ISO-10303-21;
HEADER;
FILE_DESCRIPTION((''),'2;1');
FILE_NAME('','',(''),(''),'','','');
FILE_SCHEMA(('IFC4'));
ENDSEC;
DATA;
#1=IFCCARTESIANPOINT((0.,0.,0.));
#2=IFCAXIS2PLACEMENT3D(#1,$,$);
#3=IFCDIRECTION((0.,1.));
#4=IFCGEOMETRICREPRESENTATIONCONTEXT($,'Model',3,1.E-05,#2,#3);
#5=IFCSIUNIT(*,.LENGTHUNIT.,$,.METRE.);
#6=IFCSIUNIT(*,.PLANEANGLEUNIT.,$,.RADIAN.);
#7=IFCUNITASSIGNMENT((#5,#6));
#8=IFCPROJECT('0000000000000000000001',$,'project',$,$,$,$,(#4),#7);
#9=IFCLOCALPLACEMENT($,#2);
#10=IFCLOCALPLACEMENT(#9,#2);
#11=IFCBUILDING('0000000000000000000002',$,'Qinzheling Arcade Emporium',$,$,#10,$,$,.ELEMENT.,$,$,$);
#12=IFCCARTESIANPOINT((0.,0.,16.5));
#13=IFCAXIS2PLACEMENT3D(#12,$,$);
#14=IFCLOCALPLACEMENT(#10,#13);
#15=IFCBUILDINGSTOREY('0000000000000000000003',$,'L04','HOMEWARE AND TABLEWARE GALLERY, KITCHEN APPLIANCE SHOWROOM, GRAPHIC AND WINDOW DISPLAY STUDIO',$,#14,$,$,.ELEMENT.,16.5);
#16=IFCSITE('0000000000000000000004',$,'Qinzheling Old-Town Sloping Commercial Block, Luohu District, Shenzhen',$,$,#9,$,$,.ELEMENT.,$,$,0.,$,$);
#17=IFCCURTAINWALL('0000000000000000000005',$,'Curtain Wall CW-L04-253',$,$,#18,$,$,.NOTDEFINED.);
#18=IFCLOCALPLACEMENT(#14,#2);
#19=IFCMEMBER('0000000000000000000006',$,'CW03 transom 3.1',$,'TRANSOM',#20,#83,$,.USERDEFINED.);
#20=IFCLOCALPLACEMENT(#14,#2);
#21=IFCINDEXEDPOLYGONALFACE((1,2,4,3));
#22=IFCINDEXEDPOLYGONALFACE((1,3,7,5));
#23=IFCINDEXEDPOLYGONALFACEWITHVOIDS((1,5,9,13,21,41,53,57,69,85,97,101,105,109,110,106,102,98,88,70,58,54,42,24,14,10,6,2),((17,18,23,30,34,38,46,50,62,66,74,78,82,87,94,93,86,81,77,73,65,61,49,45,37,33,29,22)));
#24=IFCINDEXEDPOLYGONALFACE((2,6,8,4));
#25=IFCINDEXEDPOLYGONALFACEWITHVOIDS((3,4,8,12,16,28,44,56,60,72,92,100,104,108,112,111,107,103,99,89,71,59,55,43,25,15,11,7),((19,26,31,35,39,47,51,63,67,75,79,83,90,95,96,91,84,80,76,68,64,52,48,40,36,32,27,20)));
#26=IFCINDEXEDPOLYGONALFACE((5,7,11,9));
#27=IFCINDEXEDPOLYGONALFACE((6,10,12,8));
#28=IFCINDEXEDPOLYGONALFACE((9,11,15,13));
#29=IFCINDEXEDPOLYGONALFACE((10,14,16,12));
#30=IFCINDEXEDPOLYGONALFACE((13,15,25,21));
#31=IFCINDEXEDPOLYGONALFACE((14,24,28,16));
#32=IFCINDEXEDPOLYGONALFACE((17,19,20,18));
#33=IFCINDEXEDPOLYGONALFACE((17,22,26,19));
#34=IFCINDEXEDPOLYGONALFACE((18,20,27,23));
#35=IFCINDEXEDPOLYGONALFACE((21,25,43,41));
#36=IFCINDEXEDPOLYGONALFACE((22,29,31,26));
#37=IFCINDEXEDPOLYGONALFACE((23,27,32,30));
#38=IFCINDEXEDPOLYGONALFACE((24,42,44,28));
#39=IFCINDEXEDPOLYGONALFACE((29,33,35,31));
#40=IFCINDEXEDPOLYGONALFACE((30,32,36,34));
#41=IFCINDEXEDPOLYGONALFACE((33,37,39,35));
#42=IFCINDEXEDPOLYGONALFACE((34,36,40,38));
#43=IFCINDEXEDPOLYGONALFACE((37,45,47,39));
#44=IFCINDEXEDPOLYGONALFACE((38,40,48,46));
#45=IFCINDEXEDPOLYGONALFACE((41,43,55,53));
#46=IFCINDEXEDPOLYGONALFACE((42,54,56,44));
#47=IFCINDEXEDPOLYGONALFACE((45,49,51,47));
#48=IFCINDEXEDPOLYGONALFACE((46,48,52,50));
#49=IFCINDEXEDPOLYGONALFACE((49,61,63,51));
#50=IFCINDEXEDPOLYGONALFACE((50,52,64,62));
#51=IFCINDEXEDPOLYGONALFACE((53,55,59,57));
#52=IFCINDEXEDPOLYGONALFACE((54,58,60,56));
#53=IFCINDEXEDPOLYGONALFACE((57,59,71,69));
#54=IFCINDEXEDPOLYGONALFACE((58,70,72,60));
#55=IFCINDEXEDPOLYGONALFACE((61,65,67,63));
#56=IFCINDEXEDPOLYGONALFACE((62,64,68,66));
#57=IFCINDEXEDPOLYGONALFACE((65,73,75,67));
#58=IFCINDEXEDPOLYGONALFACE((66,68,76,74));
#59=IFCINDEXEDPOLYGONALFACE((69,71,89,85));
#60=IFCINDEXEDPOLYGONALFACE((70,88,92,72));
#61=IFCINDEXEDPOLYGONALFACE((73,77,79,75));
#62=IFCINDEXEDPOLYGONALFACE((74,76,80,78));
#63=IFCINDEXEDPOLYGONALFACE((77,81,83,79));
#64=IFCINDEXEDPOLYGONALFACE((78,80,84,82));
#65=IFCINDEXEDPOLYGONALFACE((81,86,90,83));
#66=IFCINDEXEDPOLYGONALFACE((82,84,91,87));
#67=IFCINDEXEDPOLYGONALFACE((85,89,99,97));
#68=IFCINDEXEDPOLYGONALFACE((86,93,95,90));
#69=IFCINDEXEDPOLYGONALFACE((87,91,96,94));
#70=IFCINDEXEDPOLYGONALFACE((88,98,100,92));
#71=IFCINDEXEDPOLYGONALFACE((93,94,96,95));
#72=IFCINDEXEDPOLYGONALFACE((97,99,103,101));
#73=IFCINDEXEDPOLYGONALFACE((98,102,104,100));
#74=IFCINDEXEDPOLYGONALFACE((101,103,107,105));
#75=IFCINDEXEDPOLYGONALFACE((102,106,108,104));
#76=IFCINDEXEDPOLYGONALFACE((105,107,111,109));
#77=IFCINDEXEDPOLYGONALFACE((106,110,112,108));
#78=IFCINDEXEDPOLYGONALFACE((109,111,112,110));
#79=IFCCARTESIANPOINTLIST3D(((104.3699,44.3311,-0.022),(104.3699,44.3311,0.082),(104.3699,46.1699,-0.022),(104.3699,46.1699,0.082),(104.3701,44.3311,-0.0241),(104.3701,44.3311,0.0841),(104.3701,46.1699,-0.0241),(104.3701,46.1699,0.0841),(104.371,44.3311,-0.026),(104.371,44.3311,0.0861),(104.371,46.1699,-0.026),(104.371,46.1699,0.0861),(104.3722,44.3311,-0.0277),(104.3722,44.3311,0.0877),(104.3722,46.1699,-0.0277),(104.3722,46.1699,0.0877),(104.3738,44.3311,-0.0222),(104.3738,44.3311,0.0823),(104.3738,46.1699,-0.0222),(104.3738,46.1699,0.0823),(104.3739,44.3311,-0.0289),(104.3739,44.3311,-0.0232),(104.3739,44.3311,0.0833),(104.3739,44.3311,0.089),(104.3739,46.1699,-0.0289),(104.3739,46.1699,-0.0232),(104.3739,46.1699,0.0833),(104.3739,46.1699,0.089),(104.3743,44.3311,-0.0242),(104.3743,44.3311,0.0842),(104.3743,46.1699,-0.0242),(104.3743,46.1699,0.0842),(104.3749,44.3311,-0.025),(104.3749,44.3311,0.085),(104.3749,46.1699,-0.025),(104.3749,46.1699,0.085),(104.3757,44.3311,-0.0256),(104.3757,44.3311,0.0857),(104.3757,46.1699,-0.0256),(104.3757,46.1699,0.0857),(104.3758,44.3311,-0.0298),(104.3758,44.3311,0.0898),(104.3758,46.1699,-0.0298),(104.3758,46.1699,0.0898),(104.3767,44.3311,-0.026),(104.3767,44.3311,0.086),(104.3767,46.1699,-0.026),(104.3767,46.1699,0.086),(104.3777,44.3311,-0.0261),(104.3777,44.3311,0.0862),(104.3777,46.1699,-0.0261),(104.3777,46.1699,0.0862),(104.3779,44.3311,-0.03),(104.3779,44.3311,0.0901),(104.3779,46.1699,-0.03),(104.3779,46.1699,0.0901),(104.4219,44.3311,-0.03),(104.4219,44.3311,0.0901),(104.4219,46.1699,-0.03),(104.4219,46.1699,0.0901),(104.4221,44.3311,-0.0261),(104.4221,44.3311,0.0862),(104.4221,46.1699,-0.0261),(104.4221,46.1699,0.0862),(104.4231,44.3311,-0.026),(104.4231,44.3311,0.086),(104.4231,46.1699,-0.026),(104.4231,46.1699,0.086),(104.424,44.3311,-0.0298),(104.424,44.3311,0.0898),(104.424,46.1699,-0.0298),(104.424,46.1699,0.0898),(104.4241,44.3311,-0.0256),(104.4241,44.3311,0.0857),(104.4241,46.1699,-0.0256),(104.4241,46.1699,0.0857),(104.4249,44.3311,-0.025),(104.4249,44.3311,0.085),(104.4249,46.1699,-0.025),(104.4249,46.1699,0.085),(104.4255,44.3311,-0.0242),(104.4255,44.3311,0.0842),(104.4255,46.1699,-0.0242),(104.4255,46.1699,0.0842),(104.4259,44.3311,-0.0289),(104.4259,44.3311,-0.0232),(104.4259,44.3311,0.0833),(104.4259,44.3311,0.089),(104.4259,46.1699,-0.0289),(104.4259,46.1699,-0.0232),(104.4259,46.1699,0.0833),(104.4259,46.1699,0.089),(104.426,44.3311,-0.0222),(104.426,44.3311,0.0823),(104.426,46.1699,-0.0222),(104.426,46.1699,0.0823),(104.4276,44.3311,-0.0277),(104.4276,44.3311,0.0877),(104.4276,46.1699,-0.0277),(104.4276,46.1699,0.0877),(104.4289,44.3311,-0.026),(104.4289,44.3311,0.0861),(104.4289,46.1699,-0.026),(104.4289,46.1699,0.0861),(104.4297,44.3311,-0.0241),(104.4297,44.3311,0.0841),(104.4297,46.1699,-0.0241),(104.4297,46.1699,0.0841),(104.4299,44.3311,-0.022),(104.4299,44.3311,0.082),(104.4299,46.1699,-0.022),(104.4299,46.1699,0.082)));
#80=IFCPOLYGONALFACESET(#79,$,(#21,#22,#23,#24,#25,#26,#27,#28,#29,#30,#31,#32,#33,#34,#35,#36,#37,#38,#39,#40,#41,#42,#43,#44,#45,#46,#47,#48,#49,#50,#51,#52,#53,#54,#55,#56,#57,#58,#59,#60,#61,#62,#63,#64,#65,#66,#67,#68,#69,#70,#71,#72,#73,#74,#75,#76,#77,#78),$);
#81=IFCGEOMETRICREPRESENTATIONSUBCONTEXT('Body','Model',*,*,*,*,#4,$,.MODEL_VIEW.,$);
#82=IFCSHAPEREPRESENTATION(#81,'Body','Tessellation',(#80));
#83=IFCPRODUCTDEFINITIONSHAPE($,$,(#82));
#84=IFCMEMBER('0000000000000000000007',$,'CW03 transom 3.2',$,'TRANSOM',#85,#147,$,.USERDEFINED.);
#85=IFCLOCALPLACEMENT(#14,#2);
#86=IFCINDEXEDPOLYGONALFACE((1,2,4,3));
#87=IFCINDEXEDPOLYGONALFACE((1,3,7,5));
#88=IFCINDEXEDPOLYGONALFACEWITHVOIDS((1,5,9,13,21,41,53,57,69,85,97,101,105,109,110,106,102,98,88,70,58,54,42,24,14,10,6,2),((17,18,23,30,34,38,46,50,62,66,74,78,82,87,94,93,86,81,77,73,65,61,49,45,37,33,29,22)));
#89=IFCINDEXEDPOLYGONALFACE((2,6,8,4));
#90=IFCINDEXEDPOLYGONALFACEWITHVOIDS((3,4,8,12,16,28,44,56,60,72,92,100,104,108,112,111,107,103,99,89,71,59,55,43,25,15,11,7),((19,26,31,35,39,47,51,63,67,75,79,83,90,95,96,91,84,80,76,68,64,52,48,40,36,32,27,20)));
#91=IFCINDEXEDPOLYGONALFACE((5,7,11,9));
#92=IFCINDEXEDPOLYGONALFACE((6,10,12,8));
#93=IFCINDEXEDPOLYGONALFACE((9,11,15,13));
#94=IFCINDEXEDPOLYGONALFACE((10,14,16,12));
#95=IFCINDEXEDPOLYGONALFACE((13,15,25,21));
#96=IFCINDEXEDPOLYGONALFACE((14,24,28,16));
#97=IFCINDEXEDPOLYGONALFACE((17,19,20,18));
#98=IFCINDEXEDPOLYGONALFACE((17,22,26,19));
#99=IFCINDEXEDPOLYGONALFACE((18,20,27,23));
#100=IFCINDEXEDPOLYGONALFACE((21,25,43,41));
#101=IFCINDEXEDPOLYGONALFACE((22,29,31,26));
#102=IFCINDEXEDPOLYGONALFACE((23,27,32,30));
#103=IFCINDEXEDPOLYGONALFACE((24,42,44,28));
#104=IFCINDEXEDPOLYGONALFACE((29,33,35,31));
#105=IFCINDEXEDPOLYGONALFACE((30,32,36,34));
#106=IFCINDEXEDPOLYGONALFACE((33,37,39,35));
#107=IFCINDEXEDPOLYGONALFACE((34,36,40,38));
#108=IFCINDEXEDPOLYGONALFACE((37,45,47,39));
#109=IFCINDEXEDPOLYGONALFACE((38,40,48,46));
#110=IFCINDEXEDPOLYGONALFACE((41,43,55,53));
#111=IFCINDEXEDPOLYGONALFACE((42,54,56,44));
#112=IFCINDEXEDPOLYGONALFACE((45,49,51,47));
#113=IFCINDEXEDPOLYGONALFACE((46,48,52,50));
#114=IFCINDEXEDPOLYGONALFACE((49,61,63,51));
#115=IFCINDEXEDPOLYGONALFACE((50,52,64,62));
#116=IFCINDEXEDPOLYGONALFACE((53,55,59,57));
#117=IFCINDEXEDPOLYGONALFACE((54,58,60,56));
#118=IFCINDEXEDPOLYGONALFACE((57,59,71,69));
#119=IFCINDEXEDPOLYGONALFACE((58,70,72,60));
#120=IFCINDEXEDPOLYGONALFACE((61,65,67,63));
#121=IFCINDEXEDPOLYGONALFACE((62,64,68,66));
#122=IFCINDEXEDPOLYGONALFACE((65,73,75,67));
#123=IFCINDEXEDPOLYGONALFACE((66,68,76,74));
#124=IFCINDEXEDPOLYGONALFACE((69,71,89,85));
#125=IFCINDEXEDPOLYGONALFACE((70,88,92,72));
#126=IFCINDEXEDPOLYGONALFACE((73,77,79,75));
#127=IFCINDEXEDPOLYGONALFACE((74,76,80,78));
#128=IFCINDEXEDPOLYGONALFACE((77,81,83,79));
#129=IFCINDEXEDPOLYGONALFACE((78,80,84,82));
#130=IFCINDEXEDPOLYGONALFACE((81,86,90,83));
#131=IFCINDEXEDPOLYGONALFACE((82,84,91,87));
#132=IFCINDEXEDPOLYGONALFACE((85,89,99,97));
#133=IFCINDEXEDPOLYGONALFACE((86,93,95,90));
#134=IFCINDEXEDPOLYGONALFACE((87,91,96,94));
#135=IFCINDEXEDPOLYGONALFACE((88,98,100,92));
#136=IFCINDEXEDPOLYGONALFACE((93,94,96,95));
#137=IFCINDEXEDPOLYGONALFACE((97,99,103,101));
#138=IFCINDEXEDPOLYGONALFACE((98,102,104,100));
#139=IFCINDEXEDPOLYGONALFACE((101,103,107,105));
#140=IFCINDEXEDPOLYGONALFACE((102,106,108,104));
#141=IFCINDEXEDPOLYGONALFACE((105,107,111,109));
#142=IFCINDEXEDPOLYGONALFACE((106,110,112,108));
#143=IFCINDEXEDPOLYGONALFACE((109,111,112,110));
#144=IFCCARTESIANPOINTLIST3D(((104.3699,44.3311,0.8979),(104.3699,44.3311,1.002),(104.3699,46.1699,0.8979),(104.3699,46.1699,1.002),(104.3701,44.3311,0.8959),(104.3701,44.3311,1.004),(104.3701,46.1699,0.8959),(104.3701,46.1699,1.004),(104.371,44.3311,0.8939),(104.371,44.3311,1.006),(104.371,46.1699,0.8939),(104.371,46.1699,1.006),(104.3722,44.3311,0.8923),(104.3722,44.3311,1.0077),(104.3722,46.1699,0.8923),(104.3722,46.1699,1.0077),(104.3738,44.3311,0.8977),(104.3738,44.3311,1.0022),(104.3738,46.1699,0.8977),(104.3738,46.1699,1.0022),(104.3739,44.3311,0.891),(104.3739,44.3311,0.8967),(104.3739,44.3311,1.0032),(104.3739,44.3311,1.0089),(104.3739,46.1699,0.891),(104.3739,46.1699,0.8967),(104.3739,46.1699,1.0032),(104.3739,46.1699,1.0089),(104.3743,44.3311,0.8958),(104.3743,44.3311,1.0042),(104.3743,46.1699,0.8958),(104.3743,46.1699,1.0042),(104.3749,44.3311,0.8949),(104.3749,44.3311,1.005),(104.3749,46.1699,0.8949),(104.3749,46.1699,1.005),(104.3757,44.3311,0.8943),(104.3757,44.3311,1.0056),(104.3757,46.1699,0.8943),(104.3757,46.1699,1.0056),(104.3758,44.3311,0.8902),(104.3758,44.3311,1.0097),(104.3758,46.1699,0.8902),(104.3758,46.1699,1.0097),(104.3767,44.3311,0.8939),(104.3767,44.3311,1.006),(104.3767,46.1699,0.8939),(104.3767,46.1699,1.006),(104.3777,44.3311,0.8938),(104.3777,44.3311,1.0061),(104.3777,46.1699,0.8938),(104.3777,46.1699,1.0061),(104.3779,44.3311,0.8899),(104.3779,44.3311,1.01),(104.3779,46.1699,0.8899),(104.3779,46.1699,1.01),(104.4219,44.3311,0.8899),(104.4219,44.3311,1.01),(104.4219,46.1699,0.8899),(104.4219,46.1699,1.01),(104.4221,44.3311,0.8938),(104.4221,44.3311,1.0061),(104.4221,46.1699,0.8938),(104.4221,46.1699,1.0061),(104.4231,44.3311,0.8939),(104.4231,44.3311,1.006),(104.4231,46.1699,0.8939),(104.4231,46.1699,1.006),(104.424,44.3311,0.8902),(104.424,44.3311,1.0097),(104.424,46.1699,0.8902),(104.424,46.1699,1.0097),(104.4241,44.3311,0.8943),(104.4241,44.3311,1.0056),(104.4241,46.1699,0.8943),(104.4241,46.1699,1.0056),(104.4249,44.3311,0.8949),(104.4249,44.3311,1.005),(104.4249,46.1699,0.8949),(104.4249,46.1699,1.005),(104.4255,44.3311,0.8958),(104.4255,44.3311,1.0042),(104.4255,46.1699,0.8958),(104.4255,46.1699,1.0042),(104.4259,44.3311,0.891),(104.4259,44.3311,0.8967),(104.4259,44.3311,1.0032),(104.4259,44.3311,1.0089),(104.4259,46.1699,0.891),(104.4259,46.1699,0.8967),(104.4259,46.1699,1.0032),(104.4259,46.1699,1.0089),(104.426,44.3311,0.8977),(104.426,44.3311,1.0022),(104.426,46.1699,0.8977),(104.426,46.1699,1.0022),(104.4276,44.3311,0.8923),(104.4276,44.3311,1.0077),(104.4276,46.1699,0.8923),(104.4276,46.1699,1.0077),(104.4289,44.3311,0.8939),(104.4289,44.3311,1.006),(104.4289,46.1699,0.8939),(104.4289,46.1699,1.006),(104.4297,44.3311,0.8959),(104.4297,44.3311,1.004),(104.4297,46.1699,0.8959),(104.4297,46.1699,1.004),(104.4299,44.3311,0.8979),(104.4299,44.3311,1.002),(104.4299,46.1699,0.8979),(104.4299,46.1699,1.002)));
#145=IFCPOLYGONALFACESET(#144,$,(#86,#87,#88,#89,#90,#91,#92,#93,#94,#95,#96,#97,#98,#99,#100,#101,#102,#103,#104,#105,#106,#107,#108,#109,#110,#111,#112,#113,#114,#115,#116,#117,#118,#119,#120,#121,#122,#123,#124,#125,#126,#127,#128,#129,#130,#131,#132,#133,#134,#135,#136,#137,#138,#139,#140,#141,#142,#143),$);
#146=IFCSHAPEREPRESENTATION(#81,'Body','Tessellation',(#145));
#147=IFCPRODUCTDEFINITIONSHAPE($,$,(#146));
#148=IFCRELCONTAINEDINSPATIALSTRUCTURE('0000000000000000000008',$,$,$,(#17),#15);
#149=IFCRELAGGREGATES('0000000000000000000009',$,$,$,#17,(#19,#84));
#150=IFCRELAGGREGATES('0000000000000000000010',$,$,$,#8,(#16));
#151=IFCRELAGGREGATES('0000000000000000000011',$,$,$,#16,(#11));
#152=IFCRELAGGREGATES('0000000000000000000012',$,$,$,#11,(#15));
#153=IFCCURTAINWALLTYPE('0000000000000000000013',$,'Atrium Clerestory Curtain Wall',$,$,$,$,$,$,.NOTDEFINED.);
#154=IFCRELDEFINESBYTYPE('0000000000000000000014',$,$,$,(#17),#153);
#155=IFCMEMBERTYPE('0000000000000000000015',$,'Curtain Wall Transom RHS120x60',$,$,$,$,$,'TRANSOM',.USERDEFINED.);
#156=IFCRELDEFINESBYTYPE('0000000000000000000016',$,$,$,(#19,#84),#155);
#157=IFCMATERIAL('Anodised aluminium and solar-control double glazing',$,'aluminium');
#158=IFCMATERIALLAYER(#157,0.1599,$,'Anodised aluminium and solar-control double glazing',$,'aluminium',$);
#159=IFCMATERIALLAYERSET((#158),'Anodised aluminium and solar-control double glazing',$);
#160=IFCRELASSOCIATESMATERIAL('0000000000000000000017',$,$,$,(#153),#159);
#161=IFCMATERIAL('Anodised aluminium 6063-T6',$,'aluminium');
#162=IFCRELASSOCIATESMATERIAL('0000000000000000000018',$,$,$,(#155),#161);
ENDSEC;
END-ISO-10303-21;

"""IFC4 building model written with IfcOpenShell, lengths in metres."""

from ifc_helpers import new_model, si_unit, direction, frame, origin, origin_2d, place, context, subcontext, project, spatial, hollow_rectangle, extrude, material, layer, layer_set, material_profile, profile_set, type_object, element, aggregate, save


model = new_model("IFC4")

# Units and contexts
model_context = context("Model", 3, precision=1e-05, world=origin(), true_north=direction((0.0, 1.0)))
body_context = subcontext(model_context, "Body", "Model", "MODEL_VIEW")
ifc_project = project(units=[si_unit("LENGTHUNIT", "METRE"), si_unit("PLANEANGLEUNIT", "RADIAN")], contexts=[model_context])

# Site, building, storey
site_placement = place(None, origin())
site = spatial("IfcSite", under=ifc_project, at=site_placement, Name="Qinzheling Old-Town Sloping Commercial Block, Luohu District, Shenzhen", CompositionType="ELEMENT", RefElevation=0.0)
building_placement = place(site_placement, origin())
building = spatial("IfcBuilding", under=site, at=building_placement, Name="Qinzheling Arcade Emporium", CompositionType="ELEMENT")
storey_placement = place(building_placement, frame((0.0, 0.0, 16.5)))
storey = spatial("IfcBuildingStorey", under=building, at=storey_placement, Name="L04", Description="HOMEWARE AND TABLEWARE GALLERY, KITCHEN APPLIANCE SHOWROOM, GRAPHIC AND WINDOW DISPLAY STUDIO", CompositionType="ELEMENT", Elevation=16.5)

# Curtain wall, members
ifc_material_1 = material(Name="Anodised aluminium and solar-control double glazing", Category="aluminium")
ifc_layer_1 = layer(ifc_material_1, 0.1599, Name="Anodised aluminium and solar-control double glazing", Category="aluminium")
ifc_layer_set_1 = layer_set([ifc_layer_1], Name="Anodised aluminium and solar-control double glazing")
curtain_wall_type = type_object("IfcCurtainWallType", Name="Atrium Clerestory Curtain Wall", PredefinedType="NOTDEFINED", material=ifc_layer_set_1)
curtain_wall_placement = place(storey_placement, origin())
curtain_wall = element("IfcCurtainWall", 1, at=curtain_wall_placement, inside=storey, type_object=curtain_wall_type, Name="Curtain Wall CW-L04-253", PredefinedType="NOTDEFINED")
ifc_material_2 = material(Name="Anodised aluminium 6063-T6", Category="aluminium")
ifc_material_profile_1 = material_profile(ifc_material_2, hollow_rectangle(XDim=0.0601, YDim=0.1201, WallThickness=0.0039, InnerFilletRadius=0.0039, OuterFilletRadius=0.0081, at=origin_2d()), Name="RHS 120x60x4", Category="aluminium")
ifc_profile_set_1 = profile_set([ifc_material_profile_1], Name="Anodised aluminium 6063-T6")
member_type_1 = type_object("IfcMemberType", Name="Curtain Wall Transom RHS120x60", ElementType="TRANSOM", PredefinedType="USERDEFINED", material=ifc_profile_set_1)
member_1_placement = place(storey_placement, frame((104.3999, 46.1699, 0.03), z_axis=(0.0, -1.0, 0.0), x_axis=(1.0, 0.0, 0.0)))
member_1 = element("IfcMember", 2, at=member_1_placement, type_object=member_type_1, Name="CW03 transom 3.1", ObjectType="TRANSOM", PredefinedType="USERDEFINED", context=body_context, shape_type="SweptSolid", body=[
    extrude(hollow_rectangle(XDim=0.0601, YDim=0.1201, WallThickness=0.0039, InnerFilletRadius=0.0039, OuterFilletRadius=0.0081, at=origin_2d()), origin(), (0.0, 0.0, 1.0), 1.8389),
])
member_2_placement = place(storey_placement, frame((104.3999, 46.1699, 0.95), z_axis=(0.0, -1.0, 0.0), x_axis=(1.0, 0.0, 0.0)))
member_2 = element("IfcMember", 3, at=member_2_placement, type_object=member_type_1, Name="CW03 transom 3.2", ObjectType="TRANSOM", PredefinedType="USERDEFINED", context=body_context, shape_type="SweptSolid", body=[
    extrude(hollow_rectangle(XDim=0.0601, YDim=0.1201, WallThickness=0.0039, InnerFilletRadius=0.0039, OuterFilletRadius=0.0081, at=origin_2d()), origin(), (0.0, 0.0, 1.0), 1.8389),
])

aggregate(curtain_wall, [member_1, member_2])

save(model, "model.ifc")
